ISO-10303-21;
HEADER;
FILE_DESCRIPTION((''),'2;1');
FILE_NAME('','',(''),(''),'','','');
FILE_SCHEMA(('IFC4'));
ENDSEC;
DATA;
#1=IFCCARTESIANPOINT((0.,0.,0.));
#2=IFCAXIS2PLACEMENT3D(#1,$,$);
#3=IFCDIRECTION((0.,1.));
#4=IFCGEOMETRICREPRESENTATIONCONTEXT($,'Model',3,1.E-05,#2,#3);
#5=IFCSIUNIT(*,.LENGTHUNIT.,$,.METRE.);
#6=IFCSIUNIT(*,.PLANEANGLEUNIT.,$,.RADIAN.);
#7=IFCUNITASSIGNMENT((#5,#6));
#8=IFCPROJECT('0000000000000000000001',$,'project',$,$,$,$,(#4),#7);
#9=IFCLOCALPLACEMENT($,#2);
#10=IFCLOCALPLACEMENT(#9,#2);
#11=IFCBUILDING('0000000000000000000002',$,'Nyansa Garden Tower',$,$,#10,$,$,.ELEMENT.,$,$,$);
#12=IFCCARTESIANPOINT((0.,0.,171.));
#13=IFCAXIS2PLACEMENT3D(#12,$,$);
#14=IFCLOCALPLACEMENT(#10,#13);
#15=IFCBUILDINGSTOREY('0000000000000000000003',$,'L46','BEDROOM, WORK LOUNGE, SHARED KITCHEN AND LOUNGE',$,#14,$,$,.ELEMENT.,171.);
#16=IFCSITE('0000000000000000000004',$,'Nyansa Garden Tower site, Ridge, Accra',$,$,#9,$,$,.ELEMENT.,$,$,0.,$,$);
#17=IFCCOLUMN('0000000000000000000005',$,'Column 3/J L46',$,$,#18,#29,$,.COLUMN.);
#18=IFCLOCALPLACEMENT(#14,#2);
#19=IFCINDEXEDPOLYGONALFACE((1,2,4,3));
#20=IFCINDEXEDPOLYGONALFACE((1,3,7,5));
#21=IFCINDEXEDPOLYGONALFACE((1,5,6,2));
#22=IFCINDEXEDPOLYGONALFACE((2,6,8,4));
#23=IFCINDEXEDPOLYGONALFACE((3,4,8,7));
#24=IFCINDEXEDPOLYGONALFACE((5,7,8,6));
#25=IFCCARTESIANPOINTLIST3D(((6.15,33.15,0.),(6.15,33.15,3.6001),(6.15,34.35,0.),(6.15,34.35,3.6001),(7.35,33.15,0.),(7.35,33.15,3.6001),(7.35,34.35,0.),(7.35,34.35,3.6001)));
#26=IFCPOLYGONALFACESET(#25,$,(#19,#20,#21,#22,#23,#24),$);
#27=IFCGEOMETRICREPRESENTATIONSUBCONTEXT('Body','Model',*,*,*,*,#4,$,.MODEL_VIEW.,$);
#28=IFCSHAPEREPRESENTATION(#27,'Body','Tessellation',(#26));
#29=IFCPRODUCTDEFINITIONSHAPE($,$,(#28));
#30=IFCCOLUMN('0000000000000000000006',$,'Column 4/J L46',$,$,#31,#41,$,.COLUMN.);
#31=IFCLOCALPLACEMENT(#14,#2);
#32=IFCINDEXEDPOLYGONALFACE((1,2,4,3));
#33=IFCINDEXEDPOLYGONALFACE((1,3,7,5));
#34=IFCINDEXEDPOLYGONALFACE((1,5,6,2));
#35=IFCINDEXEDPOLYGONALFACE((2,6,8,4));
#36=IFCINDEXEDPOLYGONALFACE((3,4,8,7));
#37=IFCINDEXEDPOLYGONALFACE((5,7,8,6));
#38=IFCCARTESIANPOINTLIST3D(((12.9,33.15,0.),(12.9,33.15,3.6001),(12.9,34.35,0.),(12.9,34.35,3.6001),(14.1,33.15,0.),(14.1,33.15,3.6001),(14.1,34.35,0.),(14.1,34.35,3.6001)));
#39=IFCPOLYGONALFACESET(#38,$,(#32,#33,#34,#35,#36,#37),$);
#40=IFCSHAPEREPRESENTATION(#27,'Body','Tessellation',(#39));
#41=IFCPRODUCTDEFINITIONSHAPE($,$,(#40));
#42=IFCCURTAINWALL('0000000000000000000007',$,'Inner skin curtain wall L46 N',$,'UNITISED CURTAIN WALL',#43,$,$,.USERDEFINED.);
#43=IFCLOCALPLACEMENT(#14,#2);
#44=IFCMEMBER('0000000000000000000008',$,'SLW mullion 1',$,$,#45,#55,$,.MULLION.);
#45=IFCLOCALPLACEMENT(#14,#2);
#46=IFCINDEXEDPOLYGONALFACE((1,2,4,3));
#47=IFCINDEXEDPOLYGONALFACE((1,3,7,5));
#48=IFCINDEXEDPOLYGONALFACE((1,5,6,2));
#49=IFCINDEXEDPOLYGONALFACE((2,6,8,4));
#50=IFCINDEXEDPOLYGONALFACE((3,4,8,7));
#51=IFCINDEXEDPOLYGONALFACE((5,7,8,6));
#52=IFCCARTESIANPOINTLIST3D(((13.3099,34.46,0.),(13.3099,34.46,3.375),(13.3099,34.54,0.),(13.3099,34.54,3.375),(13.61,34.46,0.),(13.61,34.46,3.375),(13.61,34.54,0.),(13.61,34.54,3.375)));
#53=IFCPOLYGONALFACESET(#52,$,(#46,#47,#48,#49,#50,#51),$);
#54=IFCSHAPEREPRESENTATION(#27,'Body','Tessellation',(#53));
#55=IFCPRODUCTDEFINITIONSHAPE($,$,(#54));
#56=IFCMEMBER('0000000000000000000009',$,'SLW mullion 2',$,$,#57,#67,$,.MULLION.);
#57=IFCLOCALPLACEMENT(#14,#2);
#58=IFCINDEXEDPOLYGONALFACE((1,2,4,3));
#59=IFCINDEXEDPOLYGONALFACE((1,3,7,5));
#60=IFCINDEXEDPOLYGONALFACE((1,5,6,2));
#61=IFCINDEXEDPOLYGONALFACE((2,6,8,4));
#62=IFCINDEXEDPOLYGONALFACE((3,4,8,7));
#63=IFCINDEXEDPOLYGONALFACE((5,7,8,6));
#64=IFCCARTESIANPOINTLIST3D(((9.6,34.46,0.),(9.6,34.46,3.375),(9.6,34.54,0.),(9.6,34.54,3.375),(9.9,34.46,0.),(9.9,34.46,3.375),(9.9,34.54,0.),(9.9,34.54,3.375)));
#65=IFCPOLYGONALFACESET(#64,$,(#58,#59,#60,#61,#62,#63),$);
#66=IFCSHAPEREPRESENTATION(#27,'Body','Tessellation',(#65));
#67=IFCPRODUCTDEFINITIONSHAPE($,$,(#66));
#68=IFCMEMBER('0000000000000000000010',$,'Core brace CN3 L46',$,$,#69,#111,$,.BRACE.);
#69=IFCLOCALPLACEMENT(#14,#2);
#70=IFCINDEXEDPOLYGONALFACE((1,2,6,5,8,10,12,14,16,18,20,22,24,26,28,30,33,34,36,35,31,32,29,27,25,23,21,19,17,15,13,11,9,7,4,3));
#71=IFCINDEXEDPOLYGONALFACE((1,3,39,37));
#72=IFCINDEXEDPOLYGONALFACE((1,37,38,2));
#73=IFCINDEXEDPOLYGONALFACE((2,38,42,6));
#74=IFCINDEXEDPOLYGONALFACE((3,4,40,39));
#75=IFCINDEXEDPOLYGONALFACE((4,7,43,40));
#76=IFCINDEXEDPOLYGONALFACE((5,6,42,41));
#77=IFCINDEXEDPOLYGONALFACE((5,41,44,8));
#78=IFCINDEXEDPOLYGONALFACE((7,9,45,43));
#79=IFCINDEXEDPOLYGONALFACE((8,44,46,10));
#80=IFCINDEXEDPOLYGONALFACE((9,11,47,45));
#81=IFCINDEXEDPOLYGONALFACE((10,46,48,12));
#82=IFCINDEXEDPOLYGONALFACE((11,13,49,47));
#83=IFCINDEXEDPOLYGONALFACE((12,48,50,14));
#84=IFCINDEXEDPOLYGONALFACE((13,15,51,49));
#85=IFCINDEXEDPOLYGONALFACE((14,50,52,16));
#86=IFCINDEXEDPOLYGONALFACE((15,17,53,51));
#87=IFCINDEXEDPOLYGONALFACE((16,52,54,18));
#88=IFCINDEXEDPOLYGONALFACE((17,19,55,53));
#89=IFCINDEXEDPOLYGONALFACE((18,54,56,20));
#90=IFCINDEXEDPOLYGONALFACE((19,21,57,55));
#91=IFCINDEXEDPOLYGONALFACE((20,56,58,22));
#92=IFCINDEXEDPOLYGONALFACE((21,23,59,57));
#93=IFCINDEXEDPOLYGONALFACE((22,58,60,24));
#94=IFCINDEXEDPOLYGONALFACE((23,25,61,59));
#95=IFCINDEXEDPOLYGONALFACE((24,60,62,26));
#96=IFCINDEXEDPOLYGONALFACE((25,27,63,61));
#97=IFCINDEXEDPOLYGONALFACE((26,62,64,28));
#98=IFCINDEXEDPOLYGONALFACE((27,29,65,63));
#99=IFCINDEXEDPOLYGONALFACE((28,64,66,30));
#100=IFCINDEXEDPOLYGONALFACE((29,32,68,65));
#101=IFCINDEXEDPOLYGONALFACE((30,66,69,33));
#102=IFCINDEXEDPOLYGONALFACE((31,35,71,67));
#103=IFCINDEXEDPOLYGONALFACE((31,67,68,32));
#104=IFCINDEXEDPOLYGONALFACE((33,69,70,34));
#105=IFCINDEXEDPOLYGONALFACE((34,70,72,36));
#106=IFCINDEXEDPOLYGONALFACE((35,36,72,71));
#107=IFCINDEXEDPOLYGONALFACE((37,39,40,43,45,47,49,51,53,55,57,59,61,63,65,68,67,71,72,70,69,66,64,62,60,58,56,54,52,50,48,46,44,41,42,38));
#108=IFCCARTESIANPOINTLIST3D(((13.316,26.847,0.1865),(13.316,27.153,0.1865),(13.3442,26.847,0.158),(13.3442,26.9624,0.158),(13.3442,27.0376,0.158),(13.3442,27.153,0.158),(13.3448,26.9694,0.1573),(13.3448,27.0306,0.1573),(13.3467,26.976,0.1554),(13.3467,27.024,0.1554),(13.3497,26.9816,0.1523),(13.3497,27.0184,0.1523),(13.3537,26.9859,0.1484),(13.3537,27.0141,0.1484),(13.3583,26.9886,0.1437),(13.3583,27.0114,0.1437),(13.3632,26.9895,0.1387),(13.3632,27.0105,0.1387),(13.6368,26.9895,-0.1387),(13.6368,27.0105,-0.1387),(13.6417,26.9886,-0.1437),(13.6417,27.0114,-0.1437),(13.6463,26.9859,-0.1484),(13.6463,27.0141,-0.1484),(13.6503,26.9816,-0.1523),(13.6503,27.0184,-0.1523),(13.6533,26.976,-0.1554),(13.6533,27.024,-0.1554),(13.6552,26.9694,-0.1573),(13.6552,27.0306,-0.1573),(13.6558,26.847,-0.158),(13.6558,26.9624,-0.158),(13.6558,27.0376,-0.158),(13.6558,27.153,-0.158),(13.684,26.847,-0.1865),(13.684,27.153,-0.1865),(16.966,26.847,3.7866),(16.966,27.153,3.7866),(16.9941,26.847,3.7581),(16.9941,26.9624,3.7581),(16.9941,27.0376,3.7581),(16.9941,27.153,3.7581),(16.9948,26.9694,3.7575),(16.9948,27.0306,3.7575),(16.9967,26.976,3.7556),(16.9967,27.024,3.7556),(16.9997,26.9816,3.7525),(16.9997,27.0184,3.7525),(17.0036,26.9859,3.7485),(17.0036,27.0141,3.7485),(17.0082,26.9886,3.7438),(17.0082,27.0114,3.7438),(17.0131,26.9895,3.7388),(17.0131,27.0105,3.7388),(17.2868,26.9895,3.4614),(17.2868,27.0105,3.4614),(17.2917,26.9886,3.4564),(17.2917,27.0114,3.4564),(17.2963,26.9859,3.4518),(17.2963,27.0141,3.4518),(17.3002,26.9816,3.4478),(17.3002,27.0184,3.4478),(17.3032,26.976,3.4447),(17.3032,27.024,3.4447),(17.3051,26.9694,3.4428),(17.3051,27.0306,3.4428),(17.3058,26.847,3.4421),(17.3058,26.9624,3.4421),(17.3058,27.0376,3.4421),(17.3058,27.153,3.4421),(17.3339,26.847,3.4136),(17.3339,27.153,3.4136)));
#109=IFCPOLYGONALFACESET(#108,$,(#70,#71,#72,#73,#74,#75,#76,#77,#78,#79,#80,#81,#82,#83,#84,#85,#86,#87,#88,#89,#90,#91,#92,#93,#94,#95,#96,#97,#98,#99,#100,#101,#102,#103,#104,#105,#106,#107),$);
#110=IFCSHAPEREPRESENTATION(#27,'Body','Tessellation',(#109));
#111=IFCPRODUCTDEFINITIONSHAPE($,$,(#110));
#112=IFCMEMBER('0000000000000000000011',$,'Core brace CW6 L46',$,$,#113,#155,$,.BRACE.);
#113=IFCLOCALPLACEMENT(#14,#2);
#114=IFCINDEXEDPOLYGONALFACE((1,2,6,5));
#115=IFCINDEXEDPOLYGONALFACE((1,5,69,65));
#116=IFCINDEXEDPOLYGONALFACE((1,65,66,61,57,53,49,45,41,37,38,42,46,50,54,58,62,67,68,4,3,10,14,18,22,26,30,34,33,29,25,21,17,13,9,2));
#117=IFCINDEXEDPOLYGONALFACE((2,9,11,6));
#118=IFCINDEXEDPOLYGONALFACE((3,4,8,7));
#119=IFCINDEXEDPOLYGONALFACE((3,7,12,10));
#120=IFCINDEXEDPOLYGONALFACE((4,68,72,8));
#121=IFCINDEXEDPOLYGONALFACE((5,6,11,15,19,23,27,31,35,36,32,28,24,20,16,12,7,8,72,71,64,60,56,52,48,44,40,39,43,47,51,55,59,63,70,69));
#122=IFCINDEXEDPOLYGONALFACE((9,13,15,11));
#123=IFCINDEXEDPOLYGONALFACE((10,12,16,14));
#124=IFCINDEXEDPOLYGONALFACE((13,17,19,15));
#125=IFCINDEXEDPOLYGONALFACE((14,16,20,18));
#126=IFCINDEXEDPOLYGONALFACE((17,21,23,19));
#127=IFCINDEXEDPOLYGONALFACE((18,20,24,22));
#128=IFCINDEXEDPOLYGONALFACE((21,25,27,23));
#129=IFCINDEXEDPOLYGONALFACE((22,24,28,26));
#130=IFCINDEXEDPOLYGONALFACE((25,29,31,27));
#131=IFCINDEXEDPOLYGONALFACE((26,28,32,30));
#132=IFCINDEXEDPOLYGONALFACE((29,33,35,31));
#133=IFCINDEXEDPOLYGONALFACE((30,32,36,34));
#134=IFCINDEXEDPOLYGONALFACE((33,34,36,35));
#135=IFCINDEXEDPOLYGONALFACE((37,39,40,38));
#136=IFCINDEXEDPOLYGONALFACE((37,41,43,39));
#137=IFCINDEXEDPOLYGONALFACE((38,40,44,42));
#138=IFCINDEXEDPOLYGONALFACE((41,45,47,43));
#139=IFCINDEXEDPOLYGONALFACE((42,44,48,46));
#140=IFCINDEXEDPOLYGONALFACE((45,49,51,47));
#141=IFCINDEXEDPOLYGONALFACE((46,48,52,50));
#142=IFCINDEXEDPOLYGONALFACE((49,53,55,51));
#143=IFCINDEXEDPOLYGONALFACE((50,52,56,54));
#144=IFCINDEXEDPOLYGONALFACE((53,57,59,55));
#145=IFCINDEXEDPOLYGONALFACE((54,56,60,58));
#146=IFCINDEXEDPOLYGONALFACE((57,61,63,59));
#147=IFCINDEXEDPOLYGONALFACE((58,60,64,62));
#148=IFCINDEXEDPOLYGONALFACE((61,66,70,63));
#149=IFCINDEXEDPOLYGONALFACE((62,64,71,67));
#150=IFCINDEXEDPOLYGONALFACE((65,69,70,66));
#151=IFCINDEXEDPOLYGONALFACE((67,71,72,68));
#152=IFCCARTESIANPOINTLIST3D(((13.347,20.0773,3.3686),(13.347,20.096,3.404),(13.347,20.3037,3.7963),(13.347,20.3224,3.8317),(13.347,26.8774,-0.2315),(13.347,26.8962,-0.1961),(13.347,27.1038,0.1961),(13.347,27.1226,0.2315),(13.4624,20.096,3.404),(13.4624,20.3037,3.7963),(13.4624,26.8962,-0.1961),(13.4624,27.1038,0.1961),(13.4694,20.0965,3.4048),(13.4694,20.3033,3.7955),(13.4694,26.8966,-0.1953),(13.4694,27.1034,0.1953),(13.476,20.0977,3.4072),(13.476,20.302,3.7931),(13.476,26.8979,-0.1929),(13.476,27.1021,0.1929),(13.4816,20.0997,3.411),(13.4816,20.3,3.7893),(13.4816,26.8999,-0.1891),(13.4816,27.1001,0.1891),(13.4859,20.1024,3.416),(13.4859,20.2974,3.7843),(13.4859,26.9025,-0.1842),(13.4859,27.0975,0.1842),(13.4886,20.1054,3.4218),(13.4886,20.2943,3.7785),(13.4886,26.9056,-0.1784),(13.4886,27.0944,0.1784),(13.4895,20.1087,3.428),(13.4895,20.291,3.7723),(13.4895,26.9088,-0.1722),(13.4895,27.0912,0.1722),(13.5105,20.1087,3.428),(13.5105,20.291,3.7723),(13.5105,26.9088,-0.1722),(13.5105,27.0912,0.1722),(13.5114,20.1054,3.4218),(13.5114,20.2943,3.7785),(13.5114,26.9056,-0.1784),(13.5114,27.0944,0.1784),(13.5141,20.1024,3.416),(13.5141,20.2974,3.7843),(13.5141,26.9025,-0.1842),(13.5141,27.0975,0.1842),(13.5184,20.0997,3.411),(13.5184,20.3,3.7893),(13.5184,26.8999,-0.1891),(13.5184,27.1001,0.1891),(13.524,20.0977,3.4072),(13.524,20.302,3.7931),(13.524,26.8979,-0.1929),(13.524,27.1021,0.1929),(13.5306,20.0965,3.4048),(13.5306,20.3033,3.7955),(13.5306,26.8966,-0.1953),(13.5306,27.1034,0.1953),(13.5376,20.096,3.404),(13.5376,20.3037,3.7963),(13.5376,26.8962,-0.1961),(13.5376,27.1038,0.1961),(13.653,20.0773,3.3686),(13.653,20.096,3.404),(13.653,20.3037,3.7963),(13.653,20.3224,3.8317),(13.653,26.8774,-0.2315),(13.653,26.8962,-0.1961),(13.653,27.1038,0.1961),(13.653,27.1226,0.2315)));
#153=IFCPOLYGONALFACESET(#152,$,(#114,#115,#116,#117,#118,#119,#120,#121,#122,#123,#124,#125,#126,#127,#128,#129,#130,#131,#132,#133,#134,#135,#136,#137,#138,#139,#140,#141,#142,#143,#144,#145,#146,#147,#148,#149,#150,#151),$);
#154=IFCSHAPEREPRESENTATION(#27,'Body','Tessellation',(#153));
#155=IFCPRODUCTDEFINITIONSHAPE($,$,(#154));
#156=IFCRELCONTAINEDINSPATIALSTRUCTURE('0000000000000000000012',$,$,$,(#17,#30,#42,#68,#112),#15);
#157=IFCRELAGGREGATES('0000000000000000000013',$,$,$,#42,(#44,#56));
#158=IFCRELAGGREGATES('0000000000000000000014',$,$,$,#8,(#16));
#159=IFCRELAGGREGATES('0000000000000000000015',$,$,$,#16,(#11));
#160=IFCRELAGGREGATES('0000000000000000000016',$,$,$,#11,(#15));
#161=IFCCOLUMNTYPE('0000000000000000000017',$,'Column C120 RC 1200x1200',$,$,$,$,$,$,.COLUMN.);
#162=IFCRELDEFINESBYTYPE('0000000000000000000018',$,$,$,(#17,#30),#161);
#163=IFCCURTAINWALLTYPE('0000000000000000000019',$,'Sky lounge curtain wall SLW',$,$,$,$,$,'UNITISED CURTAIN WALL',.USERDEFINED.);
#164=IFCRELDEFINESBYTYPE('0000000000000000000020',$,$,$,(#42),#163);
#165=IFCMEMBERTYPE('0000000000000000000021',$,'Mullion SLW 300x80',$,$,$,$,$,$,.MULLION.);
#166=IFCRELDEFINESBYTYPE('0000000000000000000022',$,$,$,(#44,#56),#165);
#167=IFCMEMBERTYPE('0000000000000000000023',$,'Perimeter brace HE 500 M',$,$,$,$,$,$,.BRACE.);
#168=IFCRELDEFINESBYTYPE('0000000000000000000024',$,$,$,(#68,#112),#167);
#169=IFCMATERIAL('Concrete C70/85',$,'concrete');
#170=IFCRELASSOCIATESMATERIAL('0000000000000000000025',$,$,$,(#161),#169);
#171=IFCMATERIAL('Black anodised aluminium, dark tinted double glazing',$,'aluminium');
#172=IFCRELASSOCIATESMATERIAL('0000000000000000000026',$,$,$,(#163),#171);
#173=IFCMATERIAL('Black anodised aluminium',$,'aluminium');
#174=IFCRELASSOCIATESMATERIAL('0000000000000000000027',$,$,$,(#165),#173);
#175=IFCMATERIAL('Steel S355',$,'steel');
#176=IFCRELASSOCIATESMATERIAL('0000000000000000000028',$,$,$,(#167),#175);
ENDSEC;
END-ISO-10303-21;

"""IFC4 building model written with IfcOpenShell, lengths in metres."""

from ifc_helpers import new_model, si_unit, direction, frame, origin, origin_2d, place, context, subcontext, project, spatial, rectangle, i_section, extrude, material, material_profile, profile_set, type_object, element, aggregate, save


model = new_model("IFC4")

# Units and contexts
model_context = context("Model", 3, precision=1e-05, world=origin(), true_north=direction((0.0, 1.0)))
body_context = subcontext(model_context, "Body", "Model", "MODEL_VIEW")
ifc_project = project(units=[si_unit("LENGTHUNIT", "METRE"), si_unit("PLANEANGLEUNIT", "RADIAN")], contexts=[model_context])

# Site, building, storey
site_placement = place(None, origin())
site = spatial("IfcSite", under=ifc_project, at=site_placement, Name="Nyansa Garden Tower site, Ridge, Accra", CompositionType="ELEMENT", RefElevation=0.0)
building_placement = place(site_placement, origin())
building = spatial("IfcBuilding", under=site, at=building_placement, Name="Nyansa Garden Tower", CompositionType="ELEMENT")
storey_placement = place(building_placement, frame((0.0, 0.0, 171.0)))
storey = spatial("IfcBuildingStorey", under=building, at=storey_placement, Name="L46", Description="BEDROOM, WORK LOUNGE, SHARED KITCHEN AND LOUNGE", CompositionType="ELEMENT", Elevation=171.0)

# Columns
ifc_material_1 = material(Name="Concrete C70/85", Category="concrete")
ifc_material_profile_1 = material_profile(ifc_material_1, rectangle(XDim=1.2, YDim=1.2, at=origin_2d()), Name="RC 1200x1200")
ifc_profile_set_1 = profile_set([ifc_material_profile_1], Name="Concrete C70/85")
column_type = type_object("IfcColumnType", Name="Column C120 RC 1200x1200", PredefinedType="COLUMN", material=ifc_profile_set_1)
for number, where, z_axis, x_axis, name in (
    (1, (6.75, 33.75, 0.0), (0.0, 0.0, 1.0), (1.0, 0.0, 0.0), "Column 3/J L46"),
    (2, (13.5, 33.75, 0.0), (0.0, 0.0, 1.0), (1.0, 0.0, 0.0), "Column 4/J L46"),
):
    element("IfcColumn", number, at=place(storey_placement, frame(where, z_axis=z_axis, x_axis=x_axis)), inside=storey, type_object=column_type, Name=name, PredefinedType="COLUMN", context=body_context, shape_type="SweptSolid", body=[
        extrude(rectangle(XDim=1.2, YDim=1.2, at=origin_2d()), origin(), (0.0, 0.0, 1.0), 3.6001),
    ])

# Curtain wall, members
ifc_material_2 = material(Name="Black anodised aluminium, dark tinted double glazing", Category="aluminium")
curtain_wall_type = type_object("IfcCurtainWallType", Name="Sky lounge curtain wall SLW", ElementType="UNITISED CURTAIN WALL", PredefinedType="USERDEFINED", material=ifc_material_2)
curtain_wall_placement = place(storey_placement, origin())
curtain_wall = element("IfcCurtainWall", 3, at=curtain_wall_placement, inside=storey, type_object=curtain_wall_type, Name="Inner skin curtain wall L46 N", ObjectType="UNITISED CURTAIN WALL", PredefinedType="USERDEFINED")
ifc_material_3 = material(Name="Black anodised aluminium", Category="aluminium")
ifc_material_profile_2 = material_profile(ifc_material_3, rectangle(XDim=0.0801, YDim=0.3, at=origin_2d()), Name="Mullion 300x80")
ifc_profile_set_2 = profile_set([ifc_material_profile_2], Name="Black anodised aluminium")
member_type_1 = type_object("IfcMemberType", Name="Mullion SLW 300x80", PredefinedType="MULLION", material=ifc_profile_set_2)
member_1_placement = place(storey_placement, frame((13.46, 34.5, 0.0), z_axis=(0.0, 0.0, 1.0), x_axis=(0.0, -1.0, 0.0)))
member_1 = element("IfcMember", 4, at=member_1_placement, type_object=member_type_1, Name="SLW mullion 1", PredefinedType="MULLION", context=body_context, shape_type="SweptSolid", body=[
    extrude(rectangle(XDim=0.0801, YDim=0.3, at=origin_2d()), origin(), (0.0, 0.0, 1.0), 3.375),
])
member_2_placement = place(storey_placement, frame((9.75, 34.5, 0.0), z_axis=(0.0, 0.0, 1.0), x_axis=(0.0, -1.0, 0.0)))
member_2 = element("IfcMember", 5, at=member_2_placement, type_object=member_type_1, Name="SLW mullion 2", PredefinedType="MULLION", context=body_context, shape_type="SweptSolid", body=[
    extrude(rectangle(XDim=0.0801, YDim=0.3, at=origin_2d()), origin(), (0.0, 0.0, 1.0), 3.375),
])

# Members
ifc_material_4 = material(Name="Steel S355", Category="steel")
ifc_material_profile_3 = material_profile(ifc_material_4, i_section(OverallWidth=0.3059, OverallDepth=0.5239, WebThickness=0.021, FlangeThickness=0.04, FilletRadius=0.0271, at=origin_2d()), Name="HE 500 M")
ifc_profile_set_3 = profile_set([ifc_material_profile_3], Name="Steel S355")
member_type_2 = type_object("IfcMemberType", Name="Perimeter brace HE 500 M", PredefinedType="BRACE", material=ifc_profile_set_3)
member_3_placement = place(storey_placement, frame((13.5, 27.0, 0.0), z_axis=(0.711948, 0.0, 0.702233), x_axis=(0.0, 1.0, 0.0)))
element("IfcMember", 6, at=member_3_placement, inside=storey, type_object=member_type_2, Name="Core brace CN3 L46", PredefinedType="BRACE", context=body_context, shape_type="SweptSolid", body=[
    extrude(i_section(OverallWidth=0.3059, OverallDepth=0.5239, WebThickness=0.021, FlangeThickness=0.04, FilletRadius=0.0271, at=origin_2d()), origin(), (0.0, 0.0, 1.0), 5.1267),
])
member_4_placement = place(storey_placement, frame((13.5, 27.0, 0.0), z_axis=(0.0, -0.883784, 0.467895), x_axis=(1.0, 0.0, 0.0)))
element("IfcMember", 7, at=member_4_placement, inside=storey, type_object=member_type_2, Name="Core brace CW6 L46", PredefinedType="BRACE", context=body_context, shape_type="SweptSolid", body=[
    extrude(i_section(OverallWidth=0.3059, OverallDepth=0.5239, WebThickness=0.021, FlangeThickness=0.04, FilletRadius=0.0271, at=origin_2d()), origin(), (0.0, 0.0, 1.0), 7.6943),
])

aggregate(curtain_wall, [member_1, member_2])

save(model, "model.ifc")
